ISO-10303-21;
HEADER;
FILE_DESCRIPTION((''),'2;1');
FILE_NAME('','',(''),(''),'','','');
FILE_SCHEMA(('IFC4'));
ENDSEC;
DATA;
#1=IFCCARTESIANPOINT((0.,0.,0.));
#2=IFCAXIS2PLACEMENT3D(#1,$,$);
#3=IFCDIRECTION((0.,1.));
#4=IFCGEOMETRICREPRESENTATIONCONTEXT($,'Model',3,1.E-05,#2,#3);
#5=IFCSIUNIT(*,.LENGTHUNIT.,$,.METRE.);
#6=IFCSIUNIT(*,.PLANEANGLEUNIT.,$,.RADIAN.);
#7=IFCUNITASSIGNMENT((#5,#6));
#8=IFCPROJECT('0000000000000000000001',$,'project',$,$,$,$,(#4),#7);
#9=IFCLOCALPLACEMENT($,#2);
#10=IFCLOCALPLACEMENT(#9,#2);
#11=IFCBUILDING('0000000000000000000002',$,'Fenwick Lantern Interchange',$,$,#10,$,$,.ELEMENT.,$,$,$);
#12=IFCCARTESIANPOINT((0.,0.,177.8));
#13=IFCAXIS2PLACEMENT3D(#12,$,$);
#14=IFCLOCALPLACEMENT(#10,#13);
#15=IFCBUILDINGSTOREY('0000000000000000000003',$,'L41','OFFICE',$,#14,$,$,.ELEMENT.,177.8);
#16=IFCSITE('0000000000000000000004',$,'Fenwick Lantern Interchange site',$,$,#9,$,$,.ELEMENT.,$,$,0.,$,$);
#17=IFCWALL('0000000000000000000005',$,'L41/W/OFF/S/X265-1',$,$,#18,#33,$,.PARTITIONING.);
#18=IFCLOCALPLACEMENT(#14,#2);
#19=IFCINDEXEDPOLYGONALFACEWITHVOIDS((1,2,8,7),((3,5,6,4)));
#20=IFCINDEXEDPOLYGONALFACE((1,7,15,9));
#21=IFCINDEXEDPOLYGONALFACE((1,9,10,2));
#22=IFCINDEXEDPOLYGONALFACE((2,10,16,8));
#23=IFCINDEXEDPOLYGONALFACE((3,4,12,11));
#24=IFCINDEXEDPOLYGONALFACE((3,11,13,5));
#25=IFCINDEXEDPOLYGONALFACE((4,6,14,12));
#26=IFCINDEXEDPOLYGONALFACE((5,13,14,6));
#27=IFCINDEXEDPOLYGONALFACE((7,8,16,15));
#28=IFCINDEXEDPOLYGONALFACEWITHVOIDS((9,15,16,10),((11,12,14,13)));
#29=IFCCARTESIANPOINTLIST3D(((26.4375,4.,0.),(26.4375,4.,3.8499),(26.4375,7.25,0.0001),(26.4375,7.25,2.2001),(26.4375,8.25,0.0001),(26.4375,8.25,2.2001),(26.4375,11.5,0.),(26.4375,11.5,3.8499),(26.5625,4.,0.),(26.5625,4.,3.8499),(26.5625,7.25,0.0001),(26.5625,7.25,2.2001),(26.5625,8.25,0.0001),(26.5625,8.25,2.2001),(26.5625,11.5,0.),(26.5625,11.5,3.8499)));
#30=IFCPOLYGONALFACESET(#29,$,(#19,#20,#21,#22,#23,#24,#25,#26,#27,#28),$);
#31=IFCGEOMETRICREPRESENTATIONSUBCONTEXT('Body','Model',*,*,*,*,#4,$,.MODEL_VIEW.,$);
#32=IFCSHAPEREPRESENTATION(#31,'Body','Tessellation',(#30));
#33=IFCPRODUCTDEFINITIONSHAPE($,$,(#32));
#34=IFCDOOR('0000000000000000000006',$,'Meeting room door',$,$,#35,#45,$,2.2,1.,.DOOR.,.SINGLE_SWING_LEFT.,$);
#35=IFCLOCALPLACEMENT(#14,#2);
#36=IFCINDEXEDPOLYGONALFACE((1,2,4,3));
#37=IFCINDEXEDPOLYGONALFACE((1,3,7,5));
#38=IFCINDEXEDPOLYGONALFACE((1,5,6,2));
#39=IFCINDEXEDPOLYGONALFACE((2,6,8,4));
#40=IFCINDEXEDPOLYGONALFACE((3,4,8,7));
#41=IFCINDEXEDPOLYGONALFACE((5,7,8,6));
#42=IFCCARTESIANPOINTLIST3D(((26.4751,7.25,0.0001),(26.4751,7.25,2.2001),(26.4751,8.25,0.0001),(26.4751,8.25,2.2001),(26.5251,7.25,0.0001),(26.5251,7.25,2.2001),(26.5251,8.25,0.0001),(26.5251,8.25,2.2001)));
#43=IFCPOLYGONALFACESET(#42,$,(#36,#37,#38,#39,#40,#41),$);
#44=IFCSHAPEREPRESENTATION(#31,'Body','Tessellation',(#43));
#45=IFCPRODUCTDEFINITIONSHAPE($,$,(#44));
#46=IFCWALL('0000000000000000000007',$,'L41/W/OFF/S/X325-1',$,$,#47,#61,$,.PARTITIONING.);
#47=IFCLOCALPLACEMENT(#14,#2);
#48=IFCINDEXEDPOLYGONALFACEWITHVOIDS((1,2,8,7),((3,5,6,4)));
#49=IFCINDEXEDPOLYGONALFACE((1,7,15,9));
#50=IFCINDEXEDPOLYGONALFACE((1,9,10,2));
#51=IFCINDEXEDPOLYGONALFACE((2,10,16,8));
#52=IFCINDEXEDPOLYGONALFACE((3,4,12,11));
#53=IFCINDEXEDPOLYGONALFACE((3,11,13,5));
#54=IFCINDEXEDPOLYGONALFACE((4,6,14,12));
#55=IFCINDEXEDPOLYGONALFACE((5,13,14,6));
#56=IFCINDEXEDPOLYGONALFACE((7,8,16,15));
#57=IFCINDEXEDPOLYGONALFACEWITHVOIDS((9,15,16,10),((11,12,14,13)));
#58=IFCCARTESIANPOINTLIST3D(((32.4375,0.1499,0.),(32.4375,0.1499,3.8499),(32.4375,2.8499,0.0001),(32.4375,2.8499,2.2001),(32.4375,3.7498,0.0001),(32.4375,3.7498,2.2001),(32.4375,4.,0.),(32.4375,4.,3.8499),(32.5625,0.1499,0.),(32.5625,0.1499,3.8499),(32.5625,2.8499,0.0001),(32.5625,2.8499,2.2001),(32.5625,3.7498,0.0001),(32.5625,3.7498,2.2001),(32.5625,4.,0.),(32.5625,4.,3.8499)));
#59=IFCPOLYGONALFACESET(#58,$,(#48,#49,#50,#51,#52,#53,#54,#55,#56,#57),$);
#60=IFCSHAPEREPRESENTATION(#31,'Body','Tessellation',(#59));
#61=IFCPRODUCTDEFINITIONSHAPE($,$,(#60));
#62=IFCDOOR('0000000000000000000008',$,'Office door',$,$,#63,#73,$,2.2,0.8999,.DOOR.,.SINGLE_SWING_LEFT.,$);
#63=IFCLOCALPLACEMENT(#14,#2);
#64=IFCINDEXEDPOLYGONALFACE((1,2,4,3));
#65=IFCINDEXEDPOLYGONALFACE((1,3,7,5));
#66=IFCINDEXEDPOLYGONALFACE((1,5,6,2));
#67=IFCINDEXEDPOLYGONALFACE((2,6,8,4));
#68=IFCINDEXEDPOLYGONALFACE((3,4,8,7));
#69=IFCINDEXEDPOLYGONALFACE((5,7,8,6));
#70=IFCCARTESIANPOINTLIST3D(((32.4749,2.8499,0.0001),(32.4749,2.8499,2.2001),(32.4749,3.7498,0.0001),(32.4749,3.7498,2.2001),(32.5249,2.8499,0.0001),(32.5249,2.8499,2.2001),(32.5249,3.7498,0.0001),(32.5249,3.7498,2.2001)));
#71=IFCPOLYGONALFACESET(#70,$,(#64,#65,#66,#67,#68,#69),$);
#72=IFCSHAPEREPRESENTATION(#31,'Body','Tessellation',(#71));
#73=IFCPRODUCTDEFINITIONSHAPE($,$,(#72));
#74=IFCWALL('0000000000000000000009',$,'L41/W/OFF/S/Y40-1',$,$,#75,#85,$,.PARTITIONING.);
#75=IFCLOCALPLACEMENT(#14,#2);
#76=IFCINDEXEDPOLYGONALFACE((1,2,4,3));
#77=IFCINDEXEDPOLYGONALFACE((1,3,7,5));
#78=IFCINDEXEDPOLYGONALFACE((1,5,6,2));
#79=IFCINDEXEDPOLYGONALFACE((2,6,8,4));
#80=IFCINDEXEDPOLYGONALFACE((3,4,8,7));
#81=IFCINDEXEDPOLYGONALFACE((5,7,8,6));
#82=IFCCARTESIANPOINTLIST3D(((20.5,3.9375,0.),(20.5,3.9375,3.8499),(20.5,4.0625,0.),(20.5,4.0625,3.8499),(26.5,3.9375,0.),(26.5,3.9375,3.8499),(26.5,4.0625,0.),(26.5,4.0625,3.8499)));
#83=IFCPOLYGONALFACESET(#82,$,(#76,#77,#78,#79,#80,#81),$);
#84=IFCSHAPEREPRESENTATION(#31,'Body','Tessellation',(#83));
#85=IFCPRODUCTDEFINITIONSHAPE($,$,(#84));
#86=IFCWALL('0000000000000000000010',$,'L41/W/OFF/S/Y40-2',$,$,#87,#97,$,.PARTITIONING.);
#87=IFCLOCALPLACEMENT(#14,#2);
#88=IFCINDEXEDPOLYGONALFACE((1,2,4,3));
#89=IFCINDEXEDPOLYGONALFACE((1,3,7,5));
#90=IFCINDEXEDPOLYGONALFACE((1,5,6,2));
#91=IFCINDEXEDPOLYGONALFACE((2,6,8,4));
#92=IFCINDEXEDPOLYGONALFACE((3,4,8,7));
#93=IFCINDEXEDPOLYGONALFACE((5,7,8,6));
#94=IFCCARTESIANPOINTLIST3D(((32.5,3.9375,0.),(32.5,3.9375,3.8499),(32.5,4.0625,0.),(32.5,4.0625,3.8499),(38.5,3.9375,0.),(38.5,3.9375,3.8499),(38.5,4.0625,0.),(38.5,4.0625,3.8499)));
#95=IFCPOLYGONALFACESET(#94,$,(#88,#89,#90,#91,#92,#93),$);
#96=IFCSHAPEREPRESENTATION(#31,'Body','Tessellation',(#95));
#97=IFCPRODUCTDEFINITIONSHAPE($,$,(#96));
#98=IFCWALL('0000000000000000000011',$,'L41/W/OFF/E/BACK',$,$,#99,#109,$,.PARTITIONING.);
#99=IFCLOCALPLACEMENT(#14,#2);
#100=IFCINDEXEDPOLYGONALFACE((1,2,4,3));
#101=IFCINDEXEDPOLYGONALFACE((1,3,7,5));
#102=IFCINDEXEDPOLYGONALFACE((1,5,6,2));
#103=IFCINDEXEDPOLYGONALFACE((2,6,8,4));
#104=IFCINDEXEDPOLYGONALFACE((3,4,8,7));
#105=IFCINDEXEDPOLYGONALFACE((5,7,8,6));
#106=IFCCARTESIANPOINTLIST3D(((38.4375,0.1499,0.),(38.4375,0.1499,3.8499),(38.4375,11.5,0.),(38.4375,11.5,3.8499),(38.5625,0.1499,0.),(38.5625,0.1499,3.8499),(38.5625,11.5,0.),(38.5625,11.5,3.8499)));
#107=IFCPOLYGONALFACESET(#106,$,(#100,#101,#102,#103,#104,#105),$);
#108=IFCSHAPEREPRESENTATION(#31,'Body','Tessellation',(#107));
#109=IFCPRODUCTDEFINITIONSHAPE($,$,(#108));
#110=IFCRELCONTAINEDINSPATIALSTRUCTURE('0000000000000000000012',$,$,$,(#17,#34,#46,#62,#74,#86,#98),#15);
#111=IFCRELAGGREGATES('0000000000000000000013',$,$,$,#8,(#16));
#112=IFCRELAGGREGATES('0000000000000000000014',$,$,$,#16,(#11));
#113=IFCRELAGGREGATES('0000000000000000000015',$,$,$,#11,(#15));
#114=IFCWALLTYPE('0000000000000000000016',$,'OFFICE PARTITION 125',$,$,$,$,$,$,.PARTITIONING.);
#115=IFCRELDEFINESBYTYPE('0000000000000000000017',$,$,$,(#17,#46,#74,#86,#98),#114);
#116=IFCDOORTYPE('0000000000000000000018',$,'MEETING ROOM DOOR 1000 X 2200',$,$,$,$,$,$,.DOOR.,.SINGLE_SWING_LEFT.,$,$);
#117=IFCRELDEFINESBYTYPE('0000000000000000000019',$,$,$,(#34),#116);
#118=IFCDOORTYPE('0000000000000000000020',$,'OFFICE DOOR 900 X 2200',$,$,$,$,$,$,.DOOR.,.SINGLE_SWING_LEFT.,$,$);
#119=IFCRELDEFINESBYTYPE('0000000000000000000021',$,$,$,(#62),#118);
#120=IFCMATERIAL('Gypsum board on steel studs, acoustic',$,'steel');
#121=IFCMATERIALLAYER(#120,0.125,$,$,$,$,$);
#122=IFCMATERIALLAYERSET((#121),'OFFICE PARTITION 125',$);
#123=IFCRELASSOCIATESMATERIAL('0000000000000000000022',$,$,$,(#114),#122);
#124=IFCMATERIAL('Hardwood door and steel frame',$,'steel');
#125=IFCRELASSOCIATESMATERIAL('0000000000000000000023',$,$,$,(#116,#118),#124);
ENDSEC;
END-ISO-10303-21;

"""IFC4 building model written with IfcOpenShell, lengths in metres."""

from ifc_helpers import new_model, si_unit, direction, frame, frame_2d, origin, place, context, subcontext, project, spatial, rectangle, extrude, material, layer, layer_set, type_object, element, fill, save


model = new_model("IFC4")

# Units and contexts
model_context = context("Model", 3, precision=1e-05, world=origin(), true_north=direction((0.0, 1.0)))
body_context = subcontext(model_context, "Body", "Model", "MODEL_VIEW")
ifc_project = project(units=[si_unit("LENGTHUNIT", "METRE"), si_unit("PLANEANGLEUNIT", "RADIAN")], contexts=[model_context])

# Site, building, storey
site_placement = place(None, origin())
site = spatial("IfcSite", under=ifc_project, at=site_placement, Name="Fenwick Lantern Interchange site", CompositionType="ELEMENT", RefElevation=0.0)
building_placement = place(site_placement, origin())
building = spatial("IfcBuilding", under=site, at=building_placement, Name="Fenwick Lantern Interchange", CompositionType="ELEMENT")
storey_placement = place(building_placement, frame((0.0, 0.0, 177.8)))
storey = spatial("IfcBuildingStorey", under=building, at=storey_placement, Name="L41", Description="OFFICE", CompositionType="ELEMENT", Elevation=177.8)

# Shared definitions
ifc_material_1 = material(Name="Gypsum board on steel studs, acoustic", Category="steel")
ifc_layer_1 = layer(ifc_material_1, 0.125)
ifc_layer_set_1 = layer_set([ifc_layer_1], Name="OFFICE PARTITION 125")
wall_type_1 = type_object("IfcWallType", Name="OFFICE PARTITION 125", PredefinedType="PARTITIONING", material=ifc_layer_set_1)

# Walls, openings, doors
wall_1_placement = place(storey_placement, frame((26.5, 4.0, 0.0), z_axis=(0.0, 0.0, 1.0), x_axis=(0.0, 1.0, 0.0)))
wall_1 = element("IfcWall", 1, at=wall_1_placement, inside=storey, type_object=wall_type_1, Name="L41/W/OFF/S/X265-1", PredefinedType="PARTITIONING", context=body_context, shape_type="SweptSolid", body=[
    extrude(rectangle(XDim=7.5, YDim=0.125, at=frame_2d((3.75, 0.0))), origin(), (0.0, 0.0, 1.0), 3.8499),
])
opening_1_placement = place(wall_1_placement, frame((3.25, 0.0, 0.0)))
opening_1 = element("IfcOpeningElement", 2, at=opening_1_placement, cuts=wall_1, PredefinedType="OPENING", context=body_context, shape_type="SweptSolid", body=[
    extrude(rectangle(XDim=1.0, YDim=2.2, at=frame_2d((0.5, 1.1001))), frame((0.0, 0.0725, 0.0), z_axis=(0.0, -1.0, 0.0), x_axis=(1.0, 0.0, 0.0)), (0.0, 0.0, 1.0), 0.145),
])
ifc_material_2 = material(Name="Hardwood door and steel frame", Category="steel")
door_type_1 = type_object("IfcDoorType", Name="MEETING ROOM DOOR 1000 X 2200", OperationType="SINGLE_SWING_LEFT", PredefinedType="DOOR", material=ifc_material_2)
door_1_placement = place(opening_1_placement, origin())
door_1 = element("IfcDoor", 3, at=door_1_placement, inside=storey, type_object=door_type_1, Name="Meeting room door", OperationType="SINGLE_SWING_LEFT", OverallHeight=2.2, OverallWidth=1.0, PredefinedType="DOOR", context=body_context, shape_type="SweptSolid", body=[
    extrude(rectangle(XDim=1.0, YDim=2.2, at=frame_2d((0.5, 1.1001))), frame((0.0, 0.0249, 0.0), z_axis=(0.0, -1.0, 0.0), x_axis=(1.0, 0.0, 0.0)), (0.0, 0.0, 1.0), 0.05),
])
fill(opening_1, door_1)
wall_2_placement = place(storey_placement, frame((32.5, 0.1499, 0.0), z_axis=(0.0, 0.0, 1.0), x_axis=(0.0, 1.0, 0.0)))
wall_2 = element("IfcWall", 4, at=wall_2_placement, inside=storey, type_object=wall_type_1, Name="L41/W/OFF/S/X325-1", PredefinedType="PARTITIONING", context=body_context, shape_type="SweptSolid", body=[
    extrude(rectangle(XDim=3.8501, YDim=0.125, at=frame_2d((1.925, 0.0))), origin(), (0.0, 0.0, 1.0), 3.8499),
])
opening_2_placement = place(wall_2_placement, frame((2.7, 0.0, 0.0)))
opening_2 = element("IfcOpeningElement", 5, at=opening_2_placement, cuts=wall_2, PredefinedType="OPENING", context=body_context, shape_type="SweptSolid", body=[
    extrude(rectangle(XDim=0.8999, YDim=2.2, at=frame_2d((0.45, 1.1001))), frame((0.0, 0.0725, 0.0), z_axis=(0.0, -1.0, 0.0), x_axis=(1.0, 0.0, 0.0)), (0.0, 0.0, 1.0), 0.145),
])
door_type_2 = type_object("IfcDoorType", Name="OFFICE DOOR 900 X 2200", OperationType="SINGLE_SWING_LEFT", PredefinedType="DOOR", material=ifc_material_2)
door_2_placement = place(opening_2_placement, frame((0.8999, 0.0, 0.0), z_axis=(0.0, 0.0, 1.0), x_axis=(-1.0, 0.0, 0.0)))
door_2 = element("IfcDoor", 6, at=door_2_placement, inside=storey, type_object=door_type_2, Name="Office door", OperationType="SINGLE_SWING_LEFT", OverallHeight=2.2, OverallWidth=0.8999, PredefinedType="DOOR", context=body_context, shape_type="SweptSolid", body=[
    extrude(rectangle(XDim=0.8999, YDim=2.2, at=frame_2d((0.45, 1.1001))), frame((0.0, 0.0249, 0.0), z_axis=(0.0, -1.0, 0.0), x_axis=(1.0, 0.0, 0.0)), (0.0, 0.0, 1.0), 0.05),
])
fill(opening_2, door_2)

# Walls
for number, where, z_axis, x_axis, name in (
    (7, (20.5, 4.0, 0.0), (0.0, 0.0, 1.0), (1.0, 0.0, 0.0), "L41/W/OFF/S/Y40-1"),
    (8, (32.5, 4.0, 0.0), (0.0, 0.0, 1.0), (1.0, 0.0, 0.0), "L41/W/OFF/S/Y40-2"),
):
    element("IfcWall", number, at=place(storey_placement, frame(where, z_axis=z_axis, x_axis=x_axis)), inside=storey, type_object=wall_type_1, Name=name, PredefinedType="PARTITIONING", context=body_context, shape_type="SweptSolid", body=[
        extrude(rectangle(XDim=6.0, YDim=0.125, at=frame_2d((3.0, 0.0))), origin(), (0.0, 0.0, 1.0), 3.8499),
    ])
wall_3_placement = place(storey_placement, frame((38.5, 0.1499, 0.0), z_axis=(0.0, 0.0, 1.0), x_axis=(0.0, 1.0, 0.0)))
element("IfcWall", 9, at=wall_3_placement, inside=storey, type_object=wall_type_1, Name="L41/W/OFF/E/BACK", PredefinedType="PARTITIONING", context=body_context, shape_type="SweptSolid", body=[
    extrude(rectangle(XDim=11.3501, YDim=0.125, at=frame_2d((5.675, 0.0))), origin(), (0.0, 0.0, 1.0), 3.8499),
])

save(model, "model.ifc")
